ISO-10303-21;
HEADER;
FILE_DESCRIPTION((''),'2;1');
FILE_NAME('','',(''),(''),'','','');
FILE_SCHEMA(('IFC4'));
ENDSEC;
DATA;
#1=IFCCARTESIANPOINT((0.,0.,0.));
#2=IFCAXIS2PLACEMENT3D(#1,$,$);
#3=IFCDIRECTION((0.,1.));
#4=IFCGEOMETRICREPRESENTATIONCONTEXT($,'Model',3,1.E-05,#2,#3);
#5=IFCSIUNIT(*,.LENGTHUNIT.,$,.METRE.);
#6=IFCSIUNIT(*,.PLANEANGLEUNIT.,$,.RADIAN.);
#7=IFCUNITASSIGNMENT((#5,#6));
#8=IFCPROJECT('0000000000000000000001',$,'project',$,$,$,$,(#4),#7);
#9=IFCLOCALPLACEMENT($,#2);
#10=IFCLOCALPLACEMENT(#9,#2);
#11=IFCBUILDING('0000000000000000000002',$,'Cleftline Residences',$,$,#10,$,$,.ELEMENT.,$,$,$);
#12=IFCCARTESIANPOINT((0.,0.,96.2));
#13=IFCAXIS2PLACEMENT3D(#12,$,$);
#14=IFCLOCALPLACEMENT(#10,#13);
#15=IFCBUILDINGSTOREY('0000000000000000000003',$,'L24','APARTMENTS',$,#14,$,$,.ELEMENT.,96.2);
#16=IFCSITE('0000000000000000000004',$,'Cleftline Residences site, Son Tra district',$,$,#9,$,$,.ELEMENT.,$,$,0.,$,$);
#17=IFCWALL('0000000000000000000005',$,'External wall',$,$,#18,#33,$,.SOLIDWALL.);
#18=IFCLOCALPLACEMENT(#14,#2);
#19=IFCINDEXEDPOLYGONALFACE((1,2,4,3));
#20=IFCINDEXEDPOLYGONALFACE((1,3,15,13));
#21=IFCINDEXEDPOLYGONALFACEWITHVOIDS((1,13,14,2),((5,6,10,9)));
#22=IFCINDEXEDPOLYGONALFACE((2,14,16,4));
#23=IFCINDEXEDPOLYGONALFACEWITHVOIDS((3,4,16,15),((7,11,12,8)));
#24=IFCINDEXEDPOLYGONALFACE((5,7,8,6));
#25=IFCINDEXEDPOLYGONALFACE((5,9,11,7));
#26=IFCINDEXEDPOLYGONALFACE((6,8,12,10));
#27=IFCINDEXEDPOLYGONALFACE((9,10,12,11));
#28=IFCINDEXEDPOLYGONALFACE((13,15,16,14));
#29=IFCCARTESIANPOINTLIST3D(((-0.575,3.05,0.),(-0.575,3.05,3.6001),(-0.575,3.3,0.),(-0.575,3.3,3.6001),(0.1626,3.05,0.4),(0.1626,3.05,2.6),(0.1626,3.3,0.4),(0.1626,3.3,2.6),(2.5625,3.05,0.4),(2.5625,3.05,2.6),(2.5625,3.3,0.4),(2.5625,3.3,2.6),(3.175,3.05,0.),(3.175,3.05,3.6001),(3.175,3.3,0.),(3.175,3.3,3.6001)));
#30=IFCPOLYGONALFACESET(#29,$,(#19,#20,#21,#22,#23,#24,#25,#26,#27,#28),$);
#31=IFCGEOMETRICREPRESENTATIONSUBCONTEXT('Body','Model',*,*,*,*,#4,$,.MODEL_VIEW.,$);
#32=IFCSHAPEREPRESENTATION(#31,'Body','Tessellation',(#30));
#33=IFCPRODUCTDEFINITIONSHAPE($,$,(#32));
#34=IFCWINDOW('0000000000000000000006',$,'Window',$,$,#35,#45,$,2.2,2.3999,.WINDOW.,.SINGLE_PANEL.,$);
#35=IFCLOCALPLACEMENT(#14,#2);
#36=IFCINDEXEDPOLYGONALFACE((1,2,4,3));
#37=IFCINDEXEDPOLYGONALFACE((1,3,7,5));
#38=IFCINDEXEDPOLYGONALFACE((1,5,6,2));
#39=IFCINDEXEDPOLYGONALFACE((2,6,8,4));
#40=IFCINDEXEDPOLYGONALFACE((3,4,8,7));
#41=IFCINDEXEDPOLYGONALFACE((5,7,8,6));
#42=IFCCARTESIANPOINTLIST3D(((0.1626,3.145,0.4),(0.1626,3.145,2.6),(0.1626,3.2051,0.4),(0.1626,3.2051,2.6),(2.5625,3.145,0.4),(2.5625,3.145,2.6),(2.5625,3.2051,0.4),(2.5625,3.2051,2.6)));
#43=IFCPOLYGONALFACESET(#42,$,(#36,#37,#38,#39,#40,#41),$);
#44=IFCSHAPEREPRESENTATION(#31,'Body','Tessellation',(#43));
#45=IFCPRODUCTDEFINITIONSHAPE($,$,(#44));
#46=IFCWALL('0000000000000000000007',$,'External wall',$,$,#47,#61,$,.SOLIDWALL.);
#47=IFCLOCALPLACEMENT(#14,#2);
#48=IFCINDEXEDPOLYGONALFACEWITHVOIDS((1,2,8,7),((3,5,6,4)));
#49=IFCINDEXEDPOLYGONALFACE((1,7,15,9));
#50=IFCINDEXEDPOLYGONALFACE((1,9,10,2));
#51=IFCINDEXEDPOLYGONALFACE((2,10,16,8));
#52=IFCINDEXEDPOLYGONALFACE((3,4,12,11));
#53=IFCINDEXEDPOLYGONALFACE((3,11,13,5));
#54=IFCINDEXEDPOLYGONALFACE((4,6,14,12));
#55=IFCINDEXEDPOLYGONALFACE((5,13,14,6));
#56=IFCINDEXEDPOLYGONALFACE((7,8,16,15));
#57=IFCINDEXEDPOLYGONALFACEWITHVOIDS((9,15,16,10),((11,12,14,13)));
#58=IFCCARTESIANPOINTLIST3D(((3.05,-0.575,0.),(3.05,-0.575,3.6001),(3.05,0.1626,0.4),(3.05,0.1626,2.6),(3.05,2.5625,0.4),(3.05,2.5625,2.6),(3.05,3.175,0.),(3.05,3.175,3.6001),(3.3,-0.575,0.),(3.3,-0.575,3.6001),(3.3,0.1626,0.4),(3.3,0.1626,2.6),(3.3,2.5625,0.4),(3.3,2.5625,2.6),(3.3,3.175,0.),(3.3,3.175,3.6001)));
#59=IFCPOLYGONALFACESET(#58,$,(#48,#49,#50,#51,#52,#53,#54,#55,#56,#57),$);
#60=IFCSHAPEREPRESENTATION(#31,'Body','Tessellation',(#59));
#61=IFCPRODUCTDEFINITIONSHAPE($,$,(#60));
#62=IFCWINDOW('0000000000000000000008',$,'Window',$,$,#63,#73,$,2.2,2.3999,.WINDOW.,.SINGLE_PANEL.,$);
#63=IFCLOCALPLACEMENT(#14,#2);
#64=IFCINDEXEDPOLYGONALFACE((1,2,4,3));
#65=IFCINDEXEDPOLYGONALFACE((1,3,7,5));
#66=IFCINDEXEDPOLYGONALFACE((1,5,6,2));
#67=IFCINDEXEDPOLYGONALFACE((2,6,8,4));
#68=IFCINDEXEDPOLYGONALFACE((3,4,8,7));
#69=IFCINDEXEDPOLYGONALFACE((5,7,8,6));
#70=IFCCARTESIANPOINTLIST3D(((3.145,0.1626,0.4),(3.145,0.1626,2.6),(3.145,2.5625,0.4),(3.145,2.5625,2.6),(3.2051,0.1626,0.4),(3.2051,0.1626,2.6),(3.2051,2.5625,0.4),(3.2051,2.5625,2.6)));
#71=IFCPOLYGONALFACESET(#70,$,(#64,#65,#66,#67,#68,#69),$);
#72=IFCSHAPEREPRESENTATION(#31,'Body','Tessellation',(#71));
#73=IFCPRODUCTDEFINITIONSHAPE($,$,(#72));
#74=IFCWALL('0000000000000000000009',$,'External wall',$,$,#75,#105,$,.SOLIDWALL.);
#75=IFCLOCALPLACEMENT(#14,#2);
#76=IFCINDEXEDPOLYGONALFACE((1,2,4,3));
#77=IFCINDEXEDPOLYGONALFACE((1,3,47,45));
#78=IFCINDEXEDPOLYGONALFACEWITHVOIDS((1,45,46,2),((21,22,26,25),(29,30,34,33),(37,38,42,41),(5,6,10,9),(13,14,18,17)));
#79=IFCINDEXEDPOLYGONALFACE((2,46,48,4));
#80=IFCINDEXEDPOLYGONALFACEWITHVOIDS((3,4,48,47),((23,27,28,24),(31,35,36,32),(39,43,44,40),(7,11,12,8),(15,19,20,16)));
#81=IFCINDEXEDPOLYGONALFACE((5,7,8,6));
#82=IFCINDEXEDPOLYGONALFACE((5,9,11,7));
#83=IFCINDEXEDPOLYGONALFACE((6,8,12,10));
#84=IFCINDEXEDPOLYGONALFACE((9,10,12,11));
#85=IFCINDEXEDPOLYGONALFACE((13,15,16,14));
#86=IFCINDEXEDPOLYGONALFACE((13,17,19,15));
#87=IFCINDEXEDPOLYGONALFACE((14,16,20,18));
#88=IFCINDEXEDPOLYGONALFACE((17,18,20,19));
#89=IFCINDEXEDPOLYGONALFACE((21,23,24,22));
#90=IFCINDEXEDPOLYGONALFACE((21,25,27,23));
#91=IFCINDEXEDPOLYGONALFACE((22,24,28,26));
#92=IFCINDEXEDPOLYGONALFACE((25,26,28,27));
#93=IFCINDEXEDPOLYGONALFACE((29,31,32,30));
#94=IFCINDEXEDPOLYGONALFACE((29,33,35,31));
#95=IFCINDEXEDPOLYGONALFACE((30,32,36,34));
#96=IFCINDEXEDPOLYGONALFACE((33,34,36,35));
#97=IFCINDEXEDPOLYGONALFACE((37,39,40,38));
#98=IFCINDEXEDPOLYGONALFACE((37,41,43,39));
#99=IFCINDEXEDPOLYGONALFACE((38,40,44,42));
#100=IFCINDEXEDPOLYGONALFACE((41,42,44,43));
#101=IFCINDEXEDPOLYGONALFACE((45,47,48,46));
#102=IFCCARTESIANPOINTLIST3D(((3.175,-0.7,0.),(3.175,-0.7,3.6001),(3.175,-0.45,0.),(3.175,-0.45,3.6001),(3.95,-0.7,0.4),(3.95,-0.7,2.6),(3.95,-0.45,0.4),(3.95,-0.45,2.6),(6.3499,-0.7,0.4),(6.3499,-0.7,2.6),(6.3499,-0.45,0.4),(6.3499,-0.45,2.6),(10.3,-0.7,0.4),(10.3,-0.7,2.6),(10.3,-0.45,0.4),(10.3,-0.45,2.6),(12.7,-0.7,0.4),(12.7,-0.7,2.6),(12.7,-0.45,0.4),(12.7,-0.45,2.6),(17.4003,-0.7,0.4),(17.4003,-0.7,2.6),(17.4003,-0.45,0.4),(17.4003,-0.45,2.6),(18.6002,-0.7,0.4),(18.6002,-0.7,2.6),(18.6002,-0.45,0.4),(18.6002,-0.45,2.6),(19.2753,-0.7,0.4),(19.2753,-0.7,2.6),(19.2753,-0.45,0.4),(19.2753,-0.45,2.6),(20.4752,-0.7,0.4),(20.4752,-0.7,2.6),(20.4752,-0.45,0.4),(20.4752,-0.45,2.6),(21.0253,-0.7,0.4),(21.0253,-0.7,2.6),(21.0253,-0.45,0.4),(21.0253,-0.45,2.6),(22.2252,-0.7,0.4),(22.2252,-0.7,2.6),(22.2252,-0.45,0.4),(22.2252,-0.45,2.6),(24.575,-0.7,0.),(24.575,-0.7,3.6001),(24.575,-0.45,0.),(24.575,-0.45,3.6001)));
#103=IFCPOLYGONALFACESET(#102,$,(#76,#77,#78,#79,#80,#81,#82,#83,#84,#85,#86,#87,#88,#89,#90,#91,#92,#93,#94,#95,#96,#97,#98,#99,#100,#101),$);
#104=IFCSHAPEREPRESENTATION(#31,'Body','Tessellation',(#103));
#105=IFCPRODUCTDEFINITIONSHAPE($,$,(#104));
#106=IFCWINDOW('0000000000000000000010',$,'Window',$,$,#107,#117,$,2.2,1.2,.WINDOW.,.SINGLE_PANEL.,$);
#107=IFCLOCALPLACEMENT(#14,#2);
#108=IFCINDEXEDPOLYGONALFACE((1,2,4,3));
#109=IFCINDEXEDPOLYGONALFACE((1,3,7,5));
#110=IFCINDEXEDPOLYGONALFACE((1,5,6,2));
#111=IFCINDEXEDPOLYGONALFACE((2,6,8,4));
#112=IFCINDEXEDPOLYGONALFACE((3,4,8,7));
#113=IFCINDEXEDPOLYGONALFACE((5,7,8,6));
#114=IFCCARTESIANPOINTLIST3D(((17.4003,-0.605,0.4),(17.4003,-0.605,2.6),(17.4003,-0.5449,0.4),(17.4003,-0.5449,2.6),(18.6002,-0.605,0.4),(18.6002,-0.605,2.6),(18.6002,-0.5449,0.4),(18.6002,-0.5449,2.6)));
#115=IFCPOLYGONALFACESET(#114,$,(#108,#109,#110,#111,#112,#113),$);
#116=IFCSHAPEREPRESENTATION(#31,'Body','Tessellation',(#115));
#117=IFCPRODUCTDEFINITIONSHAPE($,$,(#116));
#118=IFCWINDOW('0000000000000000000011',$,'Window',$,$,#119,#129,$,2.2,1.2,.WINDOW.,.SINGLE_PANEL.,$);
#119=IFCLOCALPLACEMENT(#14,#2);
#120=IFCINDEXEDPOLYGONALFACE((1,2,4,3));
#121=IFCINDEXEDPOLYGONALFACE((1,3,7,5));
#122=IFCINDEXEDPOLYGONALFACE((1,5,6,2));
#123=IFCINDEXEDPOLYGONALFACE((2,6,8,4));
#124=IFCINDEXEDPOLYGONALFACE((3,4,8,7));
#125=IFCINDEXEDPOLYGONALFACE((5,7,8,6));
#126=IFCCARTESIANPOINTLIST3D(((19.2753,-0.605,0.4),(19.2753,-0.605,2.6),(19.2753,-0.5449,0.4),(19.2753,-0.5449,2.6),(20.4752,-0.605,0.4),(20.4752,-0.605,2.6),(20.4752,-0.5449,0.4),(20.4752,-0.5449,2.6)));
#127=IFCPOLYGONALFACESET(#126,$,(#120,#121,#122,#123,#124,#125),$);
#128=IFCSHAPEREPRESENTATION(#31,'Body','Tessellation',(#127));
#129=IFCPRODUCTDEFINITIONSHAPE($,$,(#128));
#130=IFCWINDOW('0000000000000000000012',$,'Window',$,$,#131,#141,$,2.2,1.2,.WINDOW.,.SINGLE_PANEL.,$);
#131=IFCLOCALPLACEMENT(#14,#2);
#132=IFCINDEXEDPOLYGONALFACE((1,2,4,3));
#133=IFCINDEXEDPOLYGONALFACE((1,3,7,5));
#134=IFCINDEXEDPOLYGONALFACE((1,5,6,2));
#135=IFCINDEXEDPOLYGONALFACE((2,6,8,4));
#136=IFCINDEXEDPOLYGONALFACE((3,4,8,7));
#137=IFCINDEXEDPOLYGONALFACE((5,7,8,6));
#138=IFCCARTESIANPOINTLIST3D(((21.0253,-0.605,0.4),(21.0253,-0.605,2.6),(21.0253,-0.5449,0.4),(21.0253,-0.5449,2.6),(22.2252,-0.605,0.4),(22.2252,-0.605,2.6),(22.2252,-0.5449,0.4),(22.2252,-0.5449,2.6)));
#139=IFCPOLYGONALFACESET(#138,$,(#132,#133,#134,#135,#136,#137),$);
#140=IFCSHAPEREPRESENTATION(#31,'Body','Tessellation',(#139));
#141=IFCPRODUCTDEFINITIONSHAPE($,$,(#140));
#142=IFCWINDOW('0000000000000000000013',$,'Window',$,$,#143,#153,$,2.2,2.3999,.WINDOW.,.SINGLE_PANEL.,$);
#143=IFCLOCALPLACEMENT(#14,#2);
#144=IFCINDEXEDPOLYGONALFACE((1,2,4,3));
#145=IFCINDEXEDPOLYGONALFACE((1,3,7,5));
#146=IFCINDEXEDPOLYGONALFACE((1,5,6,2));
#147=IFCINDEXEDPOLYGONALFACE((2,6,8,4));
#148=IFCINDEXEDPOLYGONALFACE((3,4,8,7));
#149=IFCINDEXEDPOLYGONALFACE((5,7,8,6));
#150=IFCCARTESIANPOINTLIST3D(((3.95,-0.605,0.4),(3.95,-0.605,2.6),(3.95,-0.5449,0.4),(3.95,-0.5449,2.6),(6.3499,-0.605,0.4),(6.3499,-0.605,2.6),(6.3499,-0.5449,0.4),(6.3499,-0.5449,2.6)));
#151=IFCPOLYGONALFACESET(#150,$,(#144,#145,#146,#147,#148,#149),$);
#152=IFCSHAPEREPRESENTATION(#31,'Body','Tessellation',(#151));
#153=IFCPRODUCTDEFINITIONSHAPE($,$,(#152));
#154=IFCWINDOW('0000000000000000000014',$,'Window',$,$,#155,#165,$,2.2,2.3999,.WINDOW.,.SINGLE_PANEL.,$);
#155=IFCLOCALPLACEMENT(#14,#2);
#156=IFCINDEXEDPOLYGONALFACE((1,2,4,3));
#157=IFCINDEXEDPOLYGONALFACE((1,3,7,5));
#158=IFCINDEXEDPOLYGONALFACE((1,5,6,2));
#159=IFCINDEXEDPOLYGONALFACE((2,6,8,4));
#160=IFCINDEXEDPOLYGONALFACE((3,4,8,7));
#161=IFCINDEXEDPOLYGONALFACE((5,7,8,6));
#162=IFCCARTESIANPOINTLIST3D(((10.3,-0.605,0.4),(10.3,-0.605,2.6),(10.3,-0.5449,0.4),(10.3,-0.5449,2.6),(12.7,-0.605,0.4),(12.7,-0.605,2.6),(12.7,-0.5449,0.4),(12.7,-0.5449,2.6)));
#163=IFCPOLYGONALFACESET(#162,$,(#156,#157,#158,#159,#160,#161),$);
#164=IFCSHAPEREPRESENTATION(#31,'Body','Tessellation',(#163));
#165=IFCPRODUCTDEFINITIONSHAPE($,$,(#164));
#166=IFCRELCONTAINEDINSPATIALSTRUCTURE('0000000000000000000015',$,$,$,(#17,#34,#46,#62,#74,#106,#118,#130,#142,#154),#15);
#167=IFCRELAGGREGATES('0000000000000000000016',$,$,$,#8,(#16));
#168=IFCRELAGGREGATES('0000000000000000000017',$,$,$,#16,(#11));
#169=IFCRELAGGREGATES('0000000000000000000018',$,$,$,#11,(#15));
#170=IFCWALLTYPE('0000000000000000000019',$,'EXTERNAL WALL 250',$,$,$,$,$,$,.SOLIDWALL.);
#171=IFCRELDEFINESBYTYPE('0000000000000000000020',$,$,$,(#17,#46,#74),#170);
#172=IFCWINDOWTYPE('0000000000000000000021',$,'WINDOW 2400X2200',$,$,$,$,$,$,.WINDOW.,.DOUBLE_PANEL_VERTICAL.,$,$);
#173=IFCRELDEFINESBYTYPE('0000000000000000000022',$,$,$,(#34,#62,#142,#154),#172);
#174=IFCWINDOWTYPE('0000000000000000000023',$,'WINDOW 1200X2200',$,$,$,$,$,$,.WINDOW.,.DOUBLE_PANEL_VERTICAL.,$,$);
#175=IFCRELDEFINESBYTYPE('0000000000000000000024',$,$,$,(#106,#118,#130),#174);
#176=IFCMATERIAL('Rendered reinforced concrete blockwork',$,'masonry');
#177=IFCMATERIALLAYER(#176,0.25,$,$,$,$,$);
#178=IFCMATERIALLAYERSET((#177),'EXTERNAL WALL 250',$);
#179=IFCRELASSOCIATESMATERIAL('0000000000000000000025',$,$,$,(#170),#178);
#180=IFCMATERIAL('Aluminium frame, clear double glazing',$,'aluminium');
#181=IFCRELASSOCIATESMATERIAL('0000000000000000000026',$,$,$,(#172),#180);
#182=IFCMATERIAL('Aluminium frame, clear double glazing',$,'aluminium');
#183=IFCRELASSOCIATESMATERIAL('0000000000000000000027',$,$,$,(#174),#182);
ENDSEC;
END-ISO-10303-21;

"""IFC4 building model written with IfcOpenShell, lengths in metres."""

from ifc_helpers import new_model, si_unit, direction, frame, frame_2d, origin, place, context, subcontext, project, spatial, rectangle, extrude, material, layer, layer_set, type_object, element, fill, save


model = new_model("IFC4")

# Units and contexts
model_context = context("Model", 3, precision=1e-05, world=origin(), true_north=direction((0.0, 1.0)))
body_context = subcontext(model_context, "Body", "Model", "MODEL_VIEW")
ifc_project = project(units=[si_unit("LENGTHUNIT", "METRE"), si_unit("PLANEANGLEUNIT", "RADIAN")], contexts=[model_context])

# Site, building, storey
site_placement = place(None, origin())
site = spatial("IfcSite", under=ifc_project, at=site_placement, Name="Cleftline Residences site, Son Tra district", CompositionType="ELEMENT", RefElevation=0.0)
building_placement = place(site_placement, origin())
building = spatial("IfcBuilding", under=site, at=building_placement, Name="Cleftline Residences", CompositionType="ELEMENT")
storey_placement = place(building_placement, frame((0.0, 0.0, 96.2)))
storey = spatial("IfcBuildingStorey", under=building, at=storey_placement, Name="L24", Description="APARTMENTS", CompositionType="ELEMENT", Elevation=96.2)

# Walls, openings, windows
ifc_material_1 = material(Name="Rendered reinforced concrete blockwork", Category="masonry")
ifc_layer_1 = layer(ifc_material_1, 0.25)
ifc_layer_set_1 = layer_set([ifc_layer_1], Name="EXTERNAL WALL 250")
wall_type_1 = type_object("IfcWallType", Name="EXTERNAL WALL 250", PredefinedType="SOLIDWALL", material=ifc_layer_set_1)
wall_1_placement = place(storey_placement, frame((-0.575, 3.175, 0.0), z_axis=(0.0, 0.0, 1.0), x_axis=(1.0, 0.0, 0.0)))
wall_1 = element("IfcWall", 1, at=wall_1_placement, inside=storey, type_object=wall_type_1, Name="External wall", PredefinedType="SOLIDWALL", context=body_context, shape_type="SweptSolid", body=[
    extrude(rectangle(XDim=3.75, YDim=0.25, at=frame_2d((1.875, 0.0))), origin(), (0.0, 0.0, 1.0), 3.6001),
])
opening_1_placement = place(wall_1_placement, frame((0.7375, 0.0, 0.3999)))
opening_1 = element("IfcOpeningElement", 2, at=opening_1_placement, cuts=wall_1, PredefinedType="OPENING", context=body_context, shape_type="SweptSolid", body=[
    extrude(rectangle(XDim=2.3999, YDim=2.2, at=frame_2d((1.2, 1.1001))), frame((0.0, 0.135, 0.0), z_axis=(0.0, -1.0, 0.0), x_axis=(1.0, 0.0, 0.0)), (0.0, 0.0, 1.0), 0.27),
])
ifc_material_2 = material(Name="Aluminium frame, clear double glazing", Category="aluminium")
window_type_1 = type_object("IfcWindowType", Name="WINDOW 2400X2200", PartitioningType="DOUBLE_PANEL_VERTICAL", PredefinedType="WINDOW", material=ifc_material_2)
window_1_placement = place(opening_1_placement, origin())
window_1 = element("IfcWindow", 3, at=window_1_placement, inside=storey, type_object=window_type_1, Name="Window", OverallHeight=2.2, OverallWidth=2.3999, PartitioningType="SINGLE_PANEL", PredefinedType="WINDOW", context=body_context, shape_type="SweptSolid", body=[
    extrude(rectangle(XDim=2.3999, YDim=2.2, at=frame_2d((1.2, 1.1001))), frame((0.0, 0.03, 0.0), z_axis=(0.0, -1.0, 0.0), x_axis=(1.0, 0.0, 0.0)), (0.0, 0.0, 1.0), 0.0601),
])
fill(opening_1, window_1)
wall_2_placement = place(storey_placement, frame((3.175, 3.175, 0.0), z_axis=(0.0, 0.0, 1.0), x_axis=(0.0, -1.0, 0.0)))
wall_2 = element("IfcWall", 4, at=wall_2_placement, inside=storey, type_object=wall_type_1, Name="External wall", PredefinedType="SOLIDWALL", context=body_context, shape_type="SweptSolid", body=[
    extrude(rectangle(XDim=3.75, YDim=0.25, at=frame_2d((1.875, 0.0))), origin(), (0.0, 0.0, 1.0), 3.6001),
])
opening_2_placement = place(wall_2_placement, frame((0.6125, 0.0, 0.3999)))
opening_2 = element("IfcOpeningElement", 5, at=opening_2_placement, cuts=wall_2, PredefinedType="OPENING", context=body_context, shape_type="SweptSolid", body=[
    extrude(rectangle(XDim=2.3999, YDim=2.2, at=frame_2d((1.2, 1.1001))), frame((0.0, 0.135, 0.0), z_axis=(0.0, -1.0, 0.0), x_axis=(1.0, 0.0, 0.0)), (0.0, 0.0, 1.0), 0.27),
])
window_2_placement = place(opening_2_placement, origin())
window_2 = element("IfcWindow", 6, at=window_2_placement, inside=storey, type_object=window_type_1, Name="Window", OverallHeight=2.2, OverallWidth=2.3999, PartitioningType="SINGLE_PANEL", PredefinedType="WINDOW", context=body_context, shape_type="SweptSolid", body=[
    extrude(rectangle(XDim=2.3999, YDim=2.2, at=frame_2d((1.2, 1.1001))), frame((0.0, 0.03, 0.0), z_axis=(0.0, -1.0, 0.0), x_axis=(1.0, 0.0, 0.0)), (0.0, 0.0, 1.0), 0.0601),
])
fill(opening_2, window_2)

# Wall, openings, windows
wall_3_placement = place(storey_placement, frame((3.175, -0.575, 0.0), z_axis=(0.0, 0.0, 1.0), x_axis=(1.0, 0.0, 0.0)))
wall_3 = element("IfcWall", 7, at=wall_3_placement, inside=storey, type_object=wall_type_1, Name="External wall", PredefinedType="SOLIDWALL", context=body_context, shape_type="SweptSolid", body=[
    extrude(rectangle(XDim=21.3999, YDim=0.25, at=frame_2d((10.7, 0.0))), origin(), (0.0, 0.0, 1.0), 3.6001),
])
opening_3_placement = place(wall_3_placement, frame((0.7749, 0.0, 0.3999)))
opening_3 = element("IfcOpeningElement", 8, at=opening_3_placement, cuts=wall_3, PredefinedType="OPENING", context=body_context, shape_type="SweptSolid", body=[
    extrude(rectangle(XDim=2.3999, YDim=2.2, at=frame_2d((1.2, 1.1001))), frame((0.0, 0.135, 0.0), z_axis=(0.0, -1.0, 0.0), x_axis=(1.0, 0.0, 0.0)), (0.0, 0.0, 1.0), 0.27),
])
opening_4_placement = place(wall_3_placement, frame((7.125, 0.0, 0.3999)))
opening_4 = element("IfcOpeningElement", 9, at=opening_4_placement, cuts=wall_3, PredefinedType="OPENING", context=body_context, shape_type="SweptSolid", body=[
    extrude(rectangle(XDim=2.3999, YDim=2.2, at=frame_2d((1.2, 1.1001))), frame((0.0, 0.135, 0.0), z_axis=(0.0, -1.0, 0.0), x_axis=(1.0, 0.0, 0.0)), (0.0, 0.0, 1.0), 0.27),
])
opening_5_placement = place(wall_3_placement, frame((14.2251, 0.0, 0.3999)))
opening_5 = element("IfcOpeningElement", 10, at=opening_5_placement, cuts=wall_3, PredefinedType="OPENING", context=body_context, shape_type="SweptSolid", body=[
    extrude(rectangle(XDim=1.2, YDim=2.2, at=frame_2d((0.6001, 1.1001))), frame((0.0, 0.135, 0.0), z_axis=(0.0, -1.0, 0.0), x_axis=(1.0, 0.0, 0.0)), (0.0, 0.0, 1.0), 0.27),
])
opening_6_placement = place(wall_3_placement, frame((16.1001, 0.0, 0.3999)))
opening_6 = element("IfcOpeningElement", 11, at=opening_6_placement, cuts=wall_3, PredefinedType="OPENING", context=body_context, shape_type="SweptSolid", body=[
    extrude(rectangle(XDim=1.2, YDim=2.2, at=frame_2d((0.6001, 1.1001))), frame((0.0, 0.135, 0.0), z_axis=(0.0, -1.0, 0.0), x_axis=(1.0, 0.0, 0.0)), (0.0, 0.0, 1.0), 0.27),
])
opening_7_placement = place(wall_3_placement, frame((17.8501, 0.0, 0.3999)))
opening_7 = element("IfcOpeningElement", 12, at=opening_7_placement, cuts=wall_3, PredefinedType="OPENING", context=body_context, shape_type="SweptSolid", body=[
    extrude(rectangle(XDim=1.2, YDim=2.2, at=frame_2d((0.6001, 1.1001))), frame((0.0, 0.135, 0.0), z_axis=(0.0, -1.0, 0.0), x_axis=(1.0, 0.0, 0.0)), (0.0, 0.0, 1.0), 0.27),
])
ifc_material_3 = material(Name="Aluminium frame, clear double glazing", Category="aluminium")
window_type_2 = type_object("IfcWindowType", Name="WINDOW 1200X2200", PartitioningType="DOUBLE_PANEL_VERTICAL", PredefinedType="WINDOW", material=ifc_material_3)
window_3_placement = place(opening_5_placement, origin())
window_3 = element("IfcWindow", 13, at=window_3_placement, inside=storey, type_object=window_type_2, Name="Window", OverallHeight=2.2, OverallWidth=1.2, PartitioningType="SINGLE_PANEL", PredefinedType="WINDOW", context=body_context, shape_type="SweptSolid", body=[
    extrude(rectangle(XDim=1.2, YDim=2.2, at=frame_2d((0.6001, 1.1001))), frame((0.0, 0.03, 0.0), z_axis=(0.0, -1.0, 0.0), x_axis=(1.0, 0.0, 0.0)), (0.0, 0.0, 1.0), 0.0601),
])
fill(opening_5, window_3)
window_4_placement = place(opening_6_placement, origin())
window_4 = element("IfcWindow", 14, at=window_4_placement, inside=storey, type_object=window_type_2, Name="Window", OverallHeight=2.2, OverallWidth=1.2, PartitioningType="SINGLE_PANEL", PredefinedType="WINDOW", context=body_context, shape_type="SweptSolid", body=[
    extrude(rectangle(XDim=1.2, YDim=2.2, at=frame_2d((0.6001, 1.1001))), frame((0.0, 0.03, 0.0), z_axis=(0.0, -1.0, 0.0), x_axis=(1.0, 0.0, 0.0)), (0.0, 0.0, 1.0), 0.0601),
])
fill(opening_6, window_4)
window_5_placement = place(opening_7_placement, origin())
window_5 = element("IfcWindow", 15, at=window_5_placement, inside=storey, type_object=window_type_2, Name="Window", OverallHeight=2.2, OverallWidth=1.2, PartitioningType="SINGLE_PANEL", PredefinedType="WINDOW", context=body_context, shape_type="SweptSolid", body=[
    extrude(rectangle(XDim=1.2, YDim=2.2, at=frame_2d((0.6001, 1.1001))), frame((0.0, 0.03, 0.0), z_axis=(0.0, -1.0, 0.0), x_axis=(1.0, 0.0, 0.0)), (0.0, 0.0, 1.0), 0.0601),
])
fill(opening_7, window_5)
window_6_placement = place(opening_3_placement, origin())
window_6 = element("IfcWindow", 16, at=window_6_placement, inside=storey, type_object=window_type_1, Name="Window", OverallHeight=2.2, OverallWidth=2.3999, PartitioningType="SINGLE_PANEL", PredefinedType="WINDOW", context=body_context, shape_type="SweptSolid", body=[
    extrude(rectangle(XDim=2.3999, YDim=2.2, at=frame_2d((1.2, 1.1001))), frame((0.0, 0.03, 0.0), z_axis=(0.0, -1.0, 0.0), x_axis=(1.0, 0.0, 0.0)), (0.0, 0.0, 1.0), 0.0601),
])
fill(opening_3, window_6)
window_7_placement = place(opening_4_placement, origin())
window_7 = element("IfcWindow", 17, at=window_7_placement, inside=storey, type_object=window_type_1, Name="Window", OverallHeight=2.2, OverallWidth=2.3999, PartitioningType="SINGLE_PANEL", PredefinedType="WINDOW", context=body_context, shape_type="SweptSolid", body=[
    extrude(rectangle(XDim=2.3999, YDim=2.2, at=frame_2d((1.2, 1.1001))), frame((0.0, 0.03, 0.0), z_axis=(0.0, -1.0, 0.0), x_axis=(1.0, 0.0, 0.0)), (0.0, 0.0, 1.0), 0.0601),
])
fill(opening_4, window_7)

save(model, "model.ifc")
